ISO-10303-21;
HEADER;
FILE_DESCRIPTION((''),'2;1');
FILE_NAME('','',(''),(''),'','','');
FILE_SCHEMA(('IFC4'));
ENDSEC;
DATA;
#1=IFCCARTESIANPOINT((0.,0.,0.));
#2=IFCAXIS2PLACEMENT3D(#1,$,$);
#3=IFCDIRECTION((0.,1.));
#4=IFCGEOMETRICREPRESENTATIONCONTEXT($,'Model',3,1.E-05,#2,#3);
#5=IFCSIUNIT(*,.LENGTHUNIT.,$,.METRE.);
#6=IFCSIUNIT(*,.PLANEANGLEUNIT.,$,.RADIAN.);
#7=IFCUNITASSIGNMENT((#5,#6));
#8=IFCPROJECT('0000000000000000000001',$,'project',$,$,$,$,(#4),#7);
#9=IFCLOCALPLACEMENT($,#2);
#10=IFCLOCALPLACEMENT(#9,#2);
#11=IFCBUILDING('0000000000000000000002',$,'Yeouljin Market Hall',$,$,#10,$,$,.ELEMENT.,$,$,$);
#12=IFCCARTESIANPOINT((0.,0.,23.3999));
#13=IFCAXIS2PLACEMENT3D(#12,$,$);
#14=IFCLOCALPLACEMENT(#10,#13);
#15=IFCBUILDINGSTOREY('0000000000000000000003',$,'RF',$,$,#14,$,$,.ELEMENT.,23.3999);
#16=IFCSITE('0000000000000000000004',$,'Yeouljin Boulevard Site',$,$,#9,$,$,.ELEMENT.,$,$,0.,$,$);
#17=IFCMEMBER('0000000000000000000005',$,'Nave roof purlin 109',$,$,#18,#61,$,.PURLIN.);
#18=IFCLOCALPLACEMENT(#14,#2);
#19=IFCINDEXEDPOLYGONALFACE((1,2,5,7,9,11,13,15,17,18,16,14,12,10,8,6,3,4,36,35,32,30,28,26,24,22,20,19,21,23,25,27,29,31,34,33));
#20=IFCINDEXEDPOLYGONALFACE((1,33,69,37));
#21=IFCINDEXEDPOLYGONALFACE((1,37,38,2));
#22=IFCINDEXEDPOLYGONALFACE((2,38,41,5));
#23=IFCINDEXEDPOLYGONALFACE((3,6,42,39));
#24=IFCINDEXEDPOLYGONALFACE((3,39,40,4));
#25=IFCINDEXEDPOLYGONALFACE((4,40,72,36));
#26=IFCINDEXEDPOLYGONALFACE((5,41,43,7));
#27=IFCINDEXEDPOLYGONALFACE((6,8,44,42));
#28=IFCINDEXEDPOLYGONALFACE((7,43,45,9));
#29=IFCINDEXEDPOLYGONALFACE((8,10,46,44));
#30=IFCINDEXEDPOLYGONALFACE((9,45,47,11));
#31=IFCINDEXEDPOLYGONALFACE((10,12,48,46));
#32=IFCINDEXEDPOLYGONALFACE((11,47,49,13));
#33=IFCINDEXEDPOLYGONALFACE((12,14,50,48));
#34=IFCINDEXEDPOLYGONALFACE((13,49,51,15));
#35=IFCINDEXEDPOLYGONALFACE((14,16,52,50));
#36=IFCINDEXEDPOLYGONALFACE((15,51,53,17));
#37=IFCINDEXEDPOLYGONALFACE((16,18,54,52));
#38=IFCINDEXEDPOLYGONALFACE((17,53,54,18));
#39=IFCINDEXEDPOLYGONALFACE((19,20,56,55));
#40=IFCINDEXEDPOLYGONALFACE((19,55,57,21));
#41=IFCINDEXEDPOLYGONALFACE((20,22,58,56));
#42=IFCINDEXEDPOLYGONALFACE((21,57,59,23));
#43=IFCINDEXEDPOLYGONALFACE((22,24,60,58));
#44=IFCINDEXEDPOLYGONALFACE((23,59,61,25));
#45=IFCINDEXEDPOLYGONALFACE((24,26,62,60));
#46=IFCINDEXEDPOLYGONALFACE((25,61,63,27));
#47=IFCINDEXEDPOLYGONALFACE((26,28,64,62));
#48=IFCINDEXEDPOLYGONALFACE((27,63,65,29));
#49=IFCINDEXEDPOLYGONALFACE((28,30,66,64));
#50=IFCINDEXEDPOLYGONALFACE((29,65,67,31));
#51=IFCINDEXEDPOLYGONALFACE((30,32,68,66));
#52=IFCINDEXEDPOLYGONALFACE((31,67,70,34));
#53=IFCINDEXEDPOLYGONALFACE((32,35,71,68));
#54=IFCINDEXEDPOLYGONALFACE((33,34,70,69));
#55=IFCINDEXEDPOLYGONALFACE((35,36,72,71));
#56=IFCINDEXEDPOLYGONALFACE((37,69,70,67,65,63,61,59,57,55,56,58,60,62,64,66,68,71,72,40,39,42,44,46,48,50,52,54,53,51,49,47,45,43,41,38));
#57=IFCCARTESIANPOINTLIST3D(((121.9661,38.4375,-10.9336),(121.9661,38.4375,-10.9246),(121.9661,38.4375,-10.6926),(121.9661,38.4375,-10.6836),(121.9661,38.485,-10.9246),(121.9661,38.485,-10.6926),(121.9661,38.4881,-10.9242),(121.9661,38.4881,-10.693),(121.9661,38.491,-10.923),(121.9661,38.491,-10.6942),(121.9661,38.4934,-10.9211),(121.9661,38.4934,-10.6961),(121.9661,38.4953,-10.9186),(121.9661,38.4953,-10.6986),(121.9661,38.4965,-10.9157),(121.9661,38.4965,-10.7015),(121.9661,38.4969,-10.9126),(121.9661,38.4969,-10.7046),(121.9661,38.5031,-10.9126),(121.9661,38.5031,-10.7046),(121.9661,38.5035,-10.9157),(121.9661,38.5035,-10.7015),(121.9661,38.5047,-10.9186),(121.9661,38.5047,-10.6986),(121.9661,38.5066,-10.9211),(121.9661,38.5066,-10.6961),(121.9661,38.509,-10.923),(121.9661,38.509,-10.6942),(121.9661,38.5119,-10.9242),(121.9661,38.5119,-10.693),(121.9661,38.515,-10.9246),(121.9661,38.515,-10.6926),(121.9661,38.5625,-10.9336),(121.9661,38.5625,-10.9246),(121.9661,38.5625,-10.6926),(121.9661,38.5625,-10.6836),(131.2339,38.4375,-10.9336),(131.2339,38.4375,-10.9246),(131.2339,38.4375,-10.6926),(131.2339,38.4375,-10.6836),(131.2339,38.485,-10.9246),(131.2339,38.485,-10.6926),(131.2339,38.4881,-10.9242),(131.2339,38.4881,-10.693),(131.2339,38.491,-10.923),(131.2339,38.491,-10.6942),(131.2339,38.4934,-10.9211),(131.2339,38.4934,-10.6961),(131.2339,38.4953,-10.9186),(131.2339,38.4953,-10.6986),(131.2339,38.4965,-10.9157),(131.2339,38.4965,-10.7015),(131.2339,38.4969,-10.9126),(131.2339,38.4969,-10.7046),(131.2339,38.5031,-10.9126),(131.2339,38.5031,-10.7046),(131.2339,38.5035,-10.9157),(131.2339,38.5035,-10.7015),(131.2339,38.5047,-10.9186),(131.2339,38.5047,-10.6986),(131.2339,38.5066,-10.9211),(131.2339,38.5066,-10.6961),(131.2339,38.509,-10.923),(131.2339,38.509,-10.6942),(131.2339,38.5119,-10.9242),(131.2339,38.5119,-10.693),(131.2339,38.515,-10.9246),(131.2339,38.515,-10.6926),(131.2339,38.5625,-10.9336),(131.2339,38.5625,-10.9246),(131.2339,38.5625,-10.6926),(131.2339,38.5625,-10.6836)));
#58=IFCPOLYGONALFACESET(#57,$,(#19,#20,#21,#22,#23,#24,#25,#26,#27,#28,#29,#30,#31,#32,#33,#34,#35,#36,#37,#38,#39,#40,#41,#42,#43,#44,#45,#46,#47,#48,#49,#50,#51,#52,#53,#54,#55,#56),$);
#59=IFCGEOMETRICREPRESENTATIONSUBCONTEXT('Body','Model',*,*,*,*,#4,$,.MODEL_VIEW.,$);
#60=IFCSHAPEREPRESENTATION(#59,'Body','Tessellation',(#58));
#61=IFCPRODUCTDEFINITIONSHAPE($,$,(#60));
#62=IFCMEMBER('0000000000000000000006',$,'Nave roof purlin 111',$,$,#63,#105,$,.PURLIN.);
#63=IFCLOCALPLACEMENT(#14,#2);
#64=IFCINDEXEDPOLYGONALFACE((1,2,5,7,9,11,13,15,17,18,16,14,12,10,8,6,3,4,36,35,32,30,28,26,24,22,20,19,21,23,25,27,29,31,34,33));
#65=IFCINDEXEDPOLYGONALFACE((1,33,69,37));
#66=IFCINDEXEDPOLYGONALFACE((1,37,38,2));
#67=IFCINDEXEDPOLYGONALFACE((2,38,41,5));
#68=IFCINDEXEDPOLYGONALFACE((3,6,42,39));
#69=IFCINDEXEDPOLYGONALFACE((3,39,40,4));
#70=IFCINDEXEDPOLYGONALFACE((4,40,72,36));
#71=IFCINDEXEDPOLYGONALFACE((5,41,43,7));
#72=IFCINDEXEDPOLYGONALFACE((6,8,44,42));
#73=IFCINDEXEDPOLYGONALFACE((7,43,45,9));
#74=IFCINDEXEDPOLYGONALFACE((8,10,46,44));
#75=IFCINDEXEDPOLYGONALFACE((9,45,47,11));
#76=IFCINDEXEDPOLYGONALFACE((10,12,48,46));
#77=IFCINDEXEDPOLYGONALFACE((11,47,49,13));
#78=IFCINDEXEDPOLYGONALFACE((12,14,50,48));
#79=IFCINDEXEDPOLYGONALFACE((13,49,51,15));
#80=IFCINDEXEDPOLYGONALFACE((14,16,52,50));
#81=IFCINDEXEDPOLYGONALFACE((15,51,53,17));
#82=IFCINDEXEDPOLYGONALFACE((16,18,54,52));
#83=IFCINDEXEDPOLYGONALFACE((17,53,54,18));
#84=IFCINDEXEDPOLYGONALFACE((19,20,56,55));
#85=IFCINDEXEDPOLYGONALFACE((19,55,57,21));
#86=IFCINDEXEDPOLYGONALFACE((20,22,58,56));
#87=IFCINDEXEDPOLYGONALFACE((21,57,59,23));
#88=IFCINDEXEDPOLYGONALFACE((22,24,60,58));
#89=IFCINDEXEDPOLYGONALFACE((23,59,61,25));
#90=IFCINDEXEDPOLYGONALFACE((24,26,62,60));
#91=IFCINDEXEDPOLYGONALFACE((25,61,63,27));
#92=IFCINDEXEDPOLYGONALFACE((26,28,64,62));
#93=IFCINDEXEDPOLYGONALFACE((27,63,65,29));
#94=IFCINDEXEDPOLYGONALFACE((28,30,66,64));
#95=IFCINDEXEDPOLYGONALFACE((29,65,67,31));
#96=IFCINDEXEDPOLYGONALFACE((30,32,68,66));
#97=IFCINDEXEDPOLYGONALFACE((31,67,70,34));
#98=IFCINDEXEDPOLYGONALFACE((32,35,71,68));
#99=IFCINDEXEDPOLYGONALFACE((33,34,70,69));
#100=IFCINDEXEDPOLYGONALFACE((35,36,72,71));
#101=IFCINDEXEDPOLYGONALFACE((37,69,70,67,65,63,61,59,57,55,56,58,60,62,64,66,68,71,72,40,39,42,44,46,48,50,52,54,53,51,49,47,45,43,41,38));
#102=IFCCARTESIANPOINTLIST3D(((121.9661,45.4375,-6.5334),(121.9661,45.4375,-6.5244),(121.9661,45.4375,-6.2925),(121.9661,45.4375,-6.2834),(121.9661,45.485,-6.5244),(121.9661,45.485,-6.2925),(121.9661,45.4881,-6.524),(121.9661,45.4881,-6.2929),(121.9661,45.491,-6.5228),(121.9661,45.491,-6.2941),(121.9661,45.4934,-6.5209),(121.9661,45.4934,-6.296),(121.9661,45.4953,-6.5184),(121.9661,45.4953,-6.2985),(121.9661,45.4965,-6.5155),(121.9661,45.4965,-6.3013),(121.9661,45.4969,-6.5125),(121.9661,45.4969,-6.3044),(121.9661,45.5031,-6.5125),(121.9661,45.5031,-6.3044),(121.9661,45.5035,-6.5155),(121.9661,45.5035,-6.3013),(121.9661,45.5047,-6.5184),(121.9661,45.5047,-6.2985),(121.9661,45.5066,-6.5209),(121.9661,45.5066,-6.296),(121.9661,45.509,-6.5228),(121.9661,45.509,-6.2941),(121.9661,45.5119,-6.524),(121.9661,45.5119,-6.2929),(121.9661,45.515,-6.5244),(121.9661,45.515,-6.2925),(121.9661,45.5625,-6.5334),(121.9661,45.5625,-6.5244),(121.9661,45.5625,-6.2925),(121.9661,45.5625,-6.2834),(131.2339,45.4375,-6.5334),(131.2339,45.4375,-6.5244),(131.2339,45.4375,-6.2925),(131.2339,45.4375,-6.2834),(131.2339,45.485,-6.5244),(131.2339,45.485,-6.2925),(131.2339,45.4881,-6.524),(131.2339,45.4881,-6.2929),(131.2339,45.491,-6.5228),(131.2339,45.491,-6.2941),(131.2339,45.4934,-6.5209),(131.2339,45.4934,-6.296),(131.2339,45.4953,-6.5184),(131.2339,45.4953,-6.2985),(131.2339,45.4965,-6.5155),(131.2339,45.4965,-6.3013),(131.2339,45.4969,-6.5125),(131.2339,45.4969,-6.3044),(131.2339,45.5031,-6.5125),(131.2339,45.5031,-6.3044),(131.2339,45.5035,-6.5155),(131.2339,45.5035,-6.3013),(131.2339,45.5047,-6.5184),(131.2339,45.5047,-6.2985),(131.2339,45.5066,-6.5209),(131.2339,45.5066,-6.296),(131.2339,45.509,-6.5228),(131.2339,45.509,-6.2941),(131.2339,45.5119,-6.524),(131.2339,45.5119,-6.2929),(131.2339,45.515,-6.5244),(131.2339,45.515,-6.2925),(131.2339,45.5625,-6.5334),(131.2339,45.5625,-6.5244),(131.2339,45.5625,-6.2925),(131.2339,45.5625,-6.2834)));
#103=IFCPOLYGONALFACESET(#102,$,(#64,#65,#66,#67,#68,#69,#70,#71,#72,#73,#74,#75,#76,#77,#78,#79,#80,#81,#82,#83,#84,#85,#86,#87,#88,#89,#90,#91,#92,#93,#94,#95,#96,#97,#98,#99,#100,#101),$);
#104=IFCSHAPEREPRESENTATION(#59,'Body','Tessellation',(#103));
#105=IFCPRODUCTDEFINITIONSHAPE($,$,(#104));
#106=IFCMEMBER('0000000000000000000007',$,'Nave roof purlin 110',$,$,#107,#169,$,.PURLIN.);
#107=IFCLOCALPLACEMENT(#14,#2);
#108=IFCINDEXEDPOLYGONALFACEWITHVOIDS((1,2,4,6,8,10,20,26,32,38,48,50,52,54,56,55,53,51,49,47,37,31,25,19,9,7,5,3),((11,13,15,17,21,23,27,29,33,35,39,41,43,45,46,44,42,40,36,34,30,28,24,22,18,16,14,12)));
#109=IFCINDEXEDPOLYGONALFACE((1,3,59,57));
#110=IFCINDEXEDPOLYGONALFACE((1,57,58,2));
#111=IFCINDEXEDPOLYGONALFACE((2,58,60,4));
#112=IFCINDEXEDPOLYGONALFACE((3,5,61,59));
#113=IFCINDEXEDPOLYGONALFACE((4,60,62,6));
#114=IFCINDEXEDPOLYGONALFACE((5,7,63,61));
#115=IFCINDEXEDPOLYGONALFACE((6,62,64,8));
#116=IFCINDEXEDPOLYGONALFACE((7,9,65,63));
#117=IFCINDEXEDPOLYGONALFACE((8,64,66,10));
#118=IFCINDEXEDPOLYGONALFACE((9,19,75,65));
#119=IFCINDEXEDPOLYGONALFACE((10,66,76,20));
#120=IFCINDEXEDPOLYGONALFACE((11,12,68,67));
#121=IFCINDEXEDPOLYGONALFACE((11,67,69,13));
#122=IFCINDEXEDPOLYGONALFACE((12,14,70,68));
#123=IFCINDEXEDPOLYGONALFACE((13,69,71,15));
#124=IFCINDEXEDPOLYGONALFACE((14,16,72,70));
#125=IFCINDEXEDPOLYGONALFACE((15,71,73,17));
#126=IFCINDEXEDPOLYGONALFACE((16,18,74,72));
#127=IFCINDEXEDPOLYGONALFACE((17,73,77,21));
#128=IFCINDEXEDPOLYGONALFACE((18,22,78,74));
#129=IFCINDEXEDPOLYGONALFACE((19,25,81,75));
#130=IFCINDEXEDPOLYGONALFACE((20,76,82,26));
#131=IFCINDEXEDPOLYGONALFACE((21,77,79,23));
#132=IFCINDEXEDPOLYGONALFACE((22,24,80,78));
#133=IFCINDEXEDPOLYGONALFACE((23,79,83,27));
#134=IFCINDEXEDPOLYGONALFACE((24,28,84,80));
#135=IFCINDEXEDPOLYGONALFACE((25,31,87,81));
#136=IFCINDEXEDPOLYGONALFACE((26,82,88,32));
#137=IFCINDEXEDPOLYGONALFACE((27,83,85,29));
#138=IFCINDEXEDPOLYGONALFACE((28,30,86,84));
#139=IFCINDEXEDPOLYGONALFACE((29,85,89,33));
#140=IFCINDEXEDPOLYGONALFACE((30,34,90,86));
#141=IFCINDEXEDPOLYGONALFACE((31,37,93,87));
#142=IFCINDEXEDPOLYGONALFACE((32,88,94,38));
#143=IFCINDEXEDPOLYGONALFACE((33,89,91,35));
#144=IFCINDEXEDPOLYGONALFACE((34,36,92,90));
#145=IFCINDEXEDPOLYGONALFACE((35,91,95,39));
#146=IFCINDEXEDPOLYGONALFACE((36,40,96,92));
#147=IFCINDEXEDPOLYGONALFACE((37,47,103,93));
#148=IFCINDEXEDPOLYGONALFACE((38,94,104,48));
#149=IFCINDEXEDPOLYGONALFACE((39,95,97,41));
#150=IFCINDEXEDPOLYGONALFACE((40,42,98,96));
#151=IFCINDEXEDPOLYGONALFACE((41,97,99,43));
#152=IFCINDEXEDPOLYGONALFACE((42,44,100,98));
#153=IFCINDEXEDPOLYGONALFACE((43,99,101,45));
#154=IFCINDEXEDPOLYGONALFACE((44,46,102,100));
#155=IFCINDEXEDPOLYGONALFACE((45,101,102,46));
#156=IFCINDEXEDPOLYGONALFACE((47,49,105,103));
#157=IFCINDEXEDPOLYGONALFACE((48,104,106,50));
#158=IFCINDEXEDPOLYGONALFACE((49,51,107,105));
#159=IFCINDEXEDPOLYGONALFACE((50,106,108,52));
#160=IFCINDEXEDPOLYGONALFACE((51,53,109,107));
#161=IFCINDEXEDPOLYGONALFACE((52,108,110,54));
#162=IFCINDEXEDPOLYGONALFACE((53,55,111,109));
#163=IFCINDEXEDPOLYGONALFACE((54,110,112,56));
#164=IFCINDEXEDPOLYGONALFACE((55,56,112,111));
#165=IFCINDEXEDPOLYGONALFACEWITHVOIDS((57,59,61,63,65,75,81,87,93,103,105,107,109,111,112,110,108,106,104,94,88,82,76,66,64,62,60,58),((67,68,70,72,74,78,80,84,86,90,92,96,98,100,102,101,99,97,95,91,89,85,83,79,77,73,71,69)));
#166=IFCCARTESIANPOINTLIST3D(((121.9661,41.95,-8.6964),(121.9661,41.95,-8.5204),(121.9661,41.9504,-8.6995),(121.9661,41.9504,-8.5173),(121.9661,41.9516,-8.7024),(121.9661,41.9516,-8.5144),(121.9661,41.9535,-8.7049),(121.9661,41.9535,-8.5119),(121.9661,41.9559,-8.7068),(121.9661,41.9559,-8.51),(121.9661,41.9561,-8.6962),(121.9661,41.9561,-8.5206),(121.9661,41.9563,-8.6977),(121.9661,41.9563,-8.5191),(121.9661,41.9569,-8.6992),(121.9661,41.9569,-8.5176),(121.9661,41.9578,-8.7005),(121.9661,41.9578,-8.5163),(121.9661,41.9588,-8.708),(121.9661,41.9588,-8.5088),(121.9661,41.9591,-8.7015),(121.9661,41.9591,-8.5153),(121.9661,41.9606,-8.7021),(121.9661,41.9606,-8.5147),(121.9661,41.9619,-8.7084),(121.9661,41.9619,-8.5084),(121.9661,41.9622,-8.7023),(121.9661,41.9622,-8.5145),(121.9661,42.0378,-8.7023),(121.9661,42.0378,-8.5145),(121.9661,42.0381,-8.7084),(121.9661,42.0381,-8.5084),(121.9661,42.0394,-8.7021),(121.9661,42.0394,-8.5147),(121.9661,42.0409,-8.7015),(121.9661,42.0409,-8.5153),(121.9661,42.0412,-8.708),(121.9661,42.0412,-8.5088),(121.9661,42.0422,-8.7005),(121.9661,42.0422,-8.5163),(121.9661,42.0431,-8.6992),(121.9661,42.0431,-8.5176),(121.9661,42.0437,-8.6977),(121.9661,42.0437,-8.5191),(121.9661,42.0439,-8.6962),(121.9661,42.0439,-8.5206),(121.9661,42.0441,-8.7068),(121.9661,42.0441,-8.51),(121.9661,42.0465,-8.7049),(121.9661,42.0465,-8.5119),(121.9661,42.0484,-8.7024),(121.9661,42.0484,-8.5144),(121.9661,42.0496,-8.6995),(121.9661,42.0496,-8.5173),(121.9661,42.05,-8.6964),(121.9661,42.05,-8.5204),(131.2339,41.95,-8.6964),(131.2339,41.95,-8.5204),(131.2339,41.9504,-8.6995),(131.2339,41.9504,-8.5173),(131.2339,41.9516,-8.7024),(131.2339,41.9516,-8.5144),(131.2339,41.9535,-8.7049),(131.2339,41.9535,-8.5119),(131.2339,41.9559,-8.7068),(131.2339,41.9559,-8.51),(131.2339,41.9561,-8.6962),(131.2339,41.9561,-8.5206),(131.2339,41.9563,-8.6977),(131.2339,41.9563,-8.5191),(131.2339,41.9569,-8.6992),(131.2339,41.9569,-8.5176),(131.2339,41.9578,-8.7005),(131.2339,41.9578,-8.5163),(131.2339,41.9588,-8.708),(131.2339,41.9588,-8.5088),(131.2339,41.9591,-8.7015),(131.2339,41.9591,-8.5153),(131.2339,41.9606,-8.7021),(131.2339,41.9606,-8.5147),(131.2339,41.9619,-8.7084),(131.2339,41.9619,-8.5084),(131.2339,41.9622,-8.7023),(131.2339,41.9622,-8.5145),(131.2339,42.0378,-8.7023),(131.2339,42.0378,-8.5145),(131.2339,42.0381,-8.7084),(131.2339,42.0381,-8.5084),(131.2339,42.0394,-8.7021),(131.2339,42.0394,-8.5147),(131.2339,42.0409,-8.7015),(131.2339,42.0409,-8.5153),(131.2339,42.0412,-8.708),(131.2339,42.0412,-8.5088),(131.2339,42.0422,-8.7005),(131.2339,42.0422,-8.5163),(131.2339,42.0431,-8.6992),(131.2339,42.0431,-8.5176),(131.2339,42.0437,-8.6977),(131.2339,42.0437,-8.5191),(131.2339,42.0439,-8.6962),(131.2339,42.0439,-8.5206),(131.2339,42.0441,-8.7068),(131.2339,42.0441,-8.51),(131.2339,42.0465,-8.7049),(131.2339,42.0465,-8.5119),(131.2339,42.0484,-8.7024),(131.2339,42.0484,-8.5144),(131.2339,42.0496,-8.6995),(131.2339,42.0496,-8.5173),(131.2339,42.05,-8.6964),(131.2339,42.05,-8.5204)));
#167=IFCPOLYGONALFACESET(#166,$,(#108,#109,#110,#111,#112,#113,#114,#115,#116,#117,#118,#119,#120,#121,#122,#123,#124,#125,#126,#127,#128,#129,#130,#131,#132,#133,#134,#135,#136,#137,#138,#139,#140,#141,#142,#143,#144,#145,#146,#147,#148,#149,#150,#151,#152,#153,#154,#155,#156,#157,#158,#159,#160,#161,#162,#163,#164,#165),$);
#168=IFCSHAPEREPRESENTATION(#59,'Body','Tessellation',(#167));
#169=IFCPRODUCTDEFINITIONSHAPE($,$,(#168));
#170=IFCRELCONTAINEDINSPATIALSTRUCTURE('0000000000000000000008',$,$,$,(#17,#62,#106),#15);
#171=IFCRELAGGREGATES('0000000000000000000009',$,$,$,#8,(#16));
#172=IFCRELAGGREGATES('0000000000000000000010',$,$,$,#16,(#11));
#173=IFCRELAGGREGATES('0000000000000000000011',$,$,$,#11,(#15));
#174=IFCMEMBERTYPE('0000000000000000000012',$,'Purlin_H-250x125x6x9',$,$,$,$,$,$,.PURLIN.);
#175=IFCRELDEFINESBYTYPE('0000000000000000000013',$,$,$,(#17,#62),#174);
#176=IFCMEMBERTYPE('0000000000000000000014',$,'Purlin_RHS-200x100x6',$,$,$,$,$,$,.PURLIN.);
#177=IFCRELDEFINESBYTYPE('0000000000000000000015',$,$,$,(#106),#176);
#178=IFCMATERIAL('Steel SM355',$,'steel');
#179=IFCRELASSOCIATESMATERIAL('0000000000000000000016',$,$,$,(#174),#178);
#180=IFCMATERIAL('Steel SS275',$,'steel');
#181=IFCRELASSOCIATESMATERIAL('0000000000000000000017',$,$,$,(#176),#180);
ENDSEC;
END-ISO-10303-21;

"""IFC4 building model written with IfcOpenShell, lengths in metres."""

from ifc_helpers import new_model, si_unit, direction, frame, origin, origin_2d, place, context, subcontext, project, spatial, hollow_rectangle, i_section, extrude, material, material_profile, profile_set, type_object, element, save


model = new_model("IFC4")

# Units and contexts
model_context = context("Model", 3, precision=1e-05, world=origin(), true_north=direction((0.0, 1.0)))
body_context = subcontext(model_context, "Body", "Model", "MODEL_VIEW")
ifc_project = project(units=[si_unit("LENGTHUNIT", "METRE"), si_unit("PLANEANGLEUNIT", "RADIAN")], contexts=[model_context])

# Site, building, storey
site_placement = place(None, origin())
site = spatial("IfcSite", under=ifc_project, at=site_placement, Name="Yeouljin Boulevard Site", CompositionType="ELEMENT", RefElevation=0.0)
building_placement = place(site_placement, origin())
building = spatial("IfcBuilding", under=site, at=building_placement, Name="Yeouljin Market Hall", CompositionType="ELEMENT")
storey_placement = place(building_placement, frame((0.0, 0.0, 23.3999)))
storey = spatial("IfcBuildingStorey", under=building, at=storey_placement, Name="RF", CompositionType="ELEMENT", Elevation=23.3999)

# Members
ifc_material_1 = material(Name="Steel SM355", Category="steel")
ifc_material_profile_1 = material_profile(ifc_material_1, i_section(OverallWidth=0.125, OverallDepth=0.25, WebThickness=0.0061, FlangeThickness=0.009, FilletRadius=0.012, at=origin_2d()), Name="H-250x125x6x9")
ifc_profile_set_1 = profile_set([ifc_material_profile_1], Name="Steel SM355")
member_type_1 = type_object("IfcMemberType", Name="Purlin_H-250x125x6x9", PredefinedType="PURLIN", material=ifc_profile_set_1)
for number, where, z_axis, x_axis, name in (
    (1, (121.9661, 38.5, -10.8086), (1.0, 0.0, 0.0), (0.0, 1.0, 0.0), "Nave roof purlin 109"),
    (2, (121.9661, 45.5, -6.4084), (1.0, 0.0, 0.0), (0.0, 1.0, 0.0), "Nave roof purlin 111"),
):
    element("IfcMember", number, at=place(storey_placement, frame(where, z_axis=z_axis, x_axis=x_axis)), inside=storey, type_object=member_type_1, Name=name, PredefinedType="PURLIN", context=body_context, shape_type="SweptSolid", body=[
        extrude(i_section(OverallWidth=0.125, OverallDepth=0.25, WebThickness=0.0061, FlangeThickness=0.009, FilletRadius=0.012, at=origin_2d()), origin(), (0.0, 0.0, 1.0), 9.2678),
    ])
ifc_material_2 = material(Name="Steel SS275", Category="steel")
ifc_material_profile_2 = material_profile(ifc_material_2, hollow_rectangle(XDim=0.1001, YDim=0.2, WallThickness=0.0061, InnerFilletRadius=0.0061, OuterFilletRadius=0.012, at=origin_2d()), Name="RHS-200x100x6")
ifc_profile_set_2 = profile_set([ifc_material_profile_2], Name="Steel SS275")
member_type_2 = type_object("IfcMemberType", Name="Purlin_RHS-200x100x6", PredefinedType="PURLIN", material=ifc_profile_set_2)
member_placement = place(storey_placement, frame((121.9661, 42.0, -8.6084), z_axis=(1.0, 0.0, 0.0), x_axis=(0.0, 1.0, 0.0)))
element("IfcMember", 3, at=member_placement, inside=storey, type_object=member_type_2, Name="Nave roof purlin 110", PredefinedType="PURLIN", context=body_context, shape_type="SweptSolid", body=[
    extrude(hollow_rectangle(XDim=0.1001, YDim=0.2, WallThickness=0.0061, InnerFilletRadius=0.0061, OuterFilletRadius=0.012, at=origin_2d()), origin(), (0.0, 0.0, 1.0), 9.2678),
])

save(model, "model.ifc")
